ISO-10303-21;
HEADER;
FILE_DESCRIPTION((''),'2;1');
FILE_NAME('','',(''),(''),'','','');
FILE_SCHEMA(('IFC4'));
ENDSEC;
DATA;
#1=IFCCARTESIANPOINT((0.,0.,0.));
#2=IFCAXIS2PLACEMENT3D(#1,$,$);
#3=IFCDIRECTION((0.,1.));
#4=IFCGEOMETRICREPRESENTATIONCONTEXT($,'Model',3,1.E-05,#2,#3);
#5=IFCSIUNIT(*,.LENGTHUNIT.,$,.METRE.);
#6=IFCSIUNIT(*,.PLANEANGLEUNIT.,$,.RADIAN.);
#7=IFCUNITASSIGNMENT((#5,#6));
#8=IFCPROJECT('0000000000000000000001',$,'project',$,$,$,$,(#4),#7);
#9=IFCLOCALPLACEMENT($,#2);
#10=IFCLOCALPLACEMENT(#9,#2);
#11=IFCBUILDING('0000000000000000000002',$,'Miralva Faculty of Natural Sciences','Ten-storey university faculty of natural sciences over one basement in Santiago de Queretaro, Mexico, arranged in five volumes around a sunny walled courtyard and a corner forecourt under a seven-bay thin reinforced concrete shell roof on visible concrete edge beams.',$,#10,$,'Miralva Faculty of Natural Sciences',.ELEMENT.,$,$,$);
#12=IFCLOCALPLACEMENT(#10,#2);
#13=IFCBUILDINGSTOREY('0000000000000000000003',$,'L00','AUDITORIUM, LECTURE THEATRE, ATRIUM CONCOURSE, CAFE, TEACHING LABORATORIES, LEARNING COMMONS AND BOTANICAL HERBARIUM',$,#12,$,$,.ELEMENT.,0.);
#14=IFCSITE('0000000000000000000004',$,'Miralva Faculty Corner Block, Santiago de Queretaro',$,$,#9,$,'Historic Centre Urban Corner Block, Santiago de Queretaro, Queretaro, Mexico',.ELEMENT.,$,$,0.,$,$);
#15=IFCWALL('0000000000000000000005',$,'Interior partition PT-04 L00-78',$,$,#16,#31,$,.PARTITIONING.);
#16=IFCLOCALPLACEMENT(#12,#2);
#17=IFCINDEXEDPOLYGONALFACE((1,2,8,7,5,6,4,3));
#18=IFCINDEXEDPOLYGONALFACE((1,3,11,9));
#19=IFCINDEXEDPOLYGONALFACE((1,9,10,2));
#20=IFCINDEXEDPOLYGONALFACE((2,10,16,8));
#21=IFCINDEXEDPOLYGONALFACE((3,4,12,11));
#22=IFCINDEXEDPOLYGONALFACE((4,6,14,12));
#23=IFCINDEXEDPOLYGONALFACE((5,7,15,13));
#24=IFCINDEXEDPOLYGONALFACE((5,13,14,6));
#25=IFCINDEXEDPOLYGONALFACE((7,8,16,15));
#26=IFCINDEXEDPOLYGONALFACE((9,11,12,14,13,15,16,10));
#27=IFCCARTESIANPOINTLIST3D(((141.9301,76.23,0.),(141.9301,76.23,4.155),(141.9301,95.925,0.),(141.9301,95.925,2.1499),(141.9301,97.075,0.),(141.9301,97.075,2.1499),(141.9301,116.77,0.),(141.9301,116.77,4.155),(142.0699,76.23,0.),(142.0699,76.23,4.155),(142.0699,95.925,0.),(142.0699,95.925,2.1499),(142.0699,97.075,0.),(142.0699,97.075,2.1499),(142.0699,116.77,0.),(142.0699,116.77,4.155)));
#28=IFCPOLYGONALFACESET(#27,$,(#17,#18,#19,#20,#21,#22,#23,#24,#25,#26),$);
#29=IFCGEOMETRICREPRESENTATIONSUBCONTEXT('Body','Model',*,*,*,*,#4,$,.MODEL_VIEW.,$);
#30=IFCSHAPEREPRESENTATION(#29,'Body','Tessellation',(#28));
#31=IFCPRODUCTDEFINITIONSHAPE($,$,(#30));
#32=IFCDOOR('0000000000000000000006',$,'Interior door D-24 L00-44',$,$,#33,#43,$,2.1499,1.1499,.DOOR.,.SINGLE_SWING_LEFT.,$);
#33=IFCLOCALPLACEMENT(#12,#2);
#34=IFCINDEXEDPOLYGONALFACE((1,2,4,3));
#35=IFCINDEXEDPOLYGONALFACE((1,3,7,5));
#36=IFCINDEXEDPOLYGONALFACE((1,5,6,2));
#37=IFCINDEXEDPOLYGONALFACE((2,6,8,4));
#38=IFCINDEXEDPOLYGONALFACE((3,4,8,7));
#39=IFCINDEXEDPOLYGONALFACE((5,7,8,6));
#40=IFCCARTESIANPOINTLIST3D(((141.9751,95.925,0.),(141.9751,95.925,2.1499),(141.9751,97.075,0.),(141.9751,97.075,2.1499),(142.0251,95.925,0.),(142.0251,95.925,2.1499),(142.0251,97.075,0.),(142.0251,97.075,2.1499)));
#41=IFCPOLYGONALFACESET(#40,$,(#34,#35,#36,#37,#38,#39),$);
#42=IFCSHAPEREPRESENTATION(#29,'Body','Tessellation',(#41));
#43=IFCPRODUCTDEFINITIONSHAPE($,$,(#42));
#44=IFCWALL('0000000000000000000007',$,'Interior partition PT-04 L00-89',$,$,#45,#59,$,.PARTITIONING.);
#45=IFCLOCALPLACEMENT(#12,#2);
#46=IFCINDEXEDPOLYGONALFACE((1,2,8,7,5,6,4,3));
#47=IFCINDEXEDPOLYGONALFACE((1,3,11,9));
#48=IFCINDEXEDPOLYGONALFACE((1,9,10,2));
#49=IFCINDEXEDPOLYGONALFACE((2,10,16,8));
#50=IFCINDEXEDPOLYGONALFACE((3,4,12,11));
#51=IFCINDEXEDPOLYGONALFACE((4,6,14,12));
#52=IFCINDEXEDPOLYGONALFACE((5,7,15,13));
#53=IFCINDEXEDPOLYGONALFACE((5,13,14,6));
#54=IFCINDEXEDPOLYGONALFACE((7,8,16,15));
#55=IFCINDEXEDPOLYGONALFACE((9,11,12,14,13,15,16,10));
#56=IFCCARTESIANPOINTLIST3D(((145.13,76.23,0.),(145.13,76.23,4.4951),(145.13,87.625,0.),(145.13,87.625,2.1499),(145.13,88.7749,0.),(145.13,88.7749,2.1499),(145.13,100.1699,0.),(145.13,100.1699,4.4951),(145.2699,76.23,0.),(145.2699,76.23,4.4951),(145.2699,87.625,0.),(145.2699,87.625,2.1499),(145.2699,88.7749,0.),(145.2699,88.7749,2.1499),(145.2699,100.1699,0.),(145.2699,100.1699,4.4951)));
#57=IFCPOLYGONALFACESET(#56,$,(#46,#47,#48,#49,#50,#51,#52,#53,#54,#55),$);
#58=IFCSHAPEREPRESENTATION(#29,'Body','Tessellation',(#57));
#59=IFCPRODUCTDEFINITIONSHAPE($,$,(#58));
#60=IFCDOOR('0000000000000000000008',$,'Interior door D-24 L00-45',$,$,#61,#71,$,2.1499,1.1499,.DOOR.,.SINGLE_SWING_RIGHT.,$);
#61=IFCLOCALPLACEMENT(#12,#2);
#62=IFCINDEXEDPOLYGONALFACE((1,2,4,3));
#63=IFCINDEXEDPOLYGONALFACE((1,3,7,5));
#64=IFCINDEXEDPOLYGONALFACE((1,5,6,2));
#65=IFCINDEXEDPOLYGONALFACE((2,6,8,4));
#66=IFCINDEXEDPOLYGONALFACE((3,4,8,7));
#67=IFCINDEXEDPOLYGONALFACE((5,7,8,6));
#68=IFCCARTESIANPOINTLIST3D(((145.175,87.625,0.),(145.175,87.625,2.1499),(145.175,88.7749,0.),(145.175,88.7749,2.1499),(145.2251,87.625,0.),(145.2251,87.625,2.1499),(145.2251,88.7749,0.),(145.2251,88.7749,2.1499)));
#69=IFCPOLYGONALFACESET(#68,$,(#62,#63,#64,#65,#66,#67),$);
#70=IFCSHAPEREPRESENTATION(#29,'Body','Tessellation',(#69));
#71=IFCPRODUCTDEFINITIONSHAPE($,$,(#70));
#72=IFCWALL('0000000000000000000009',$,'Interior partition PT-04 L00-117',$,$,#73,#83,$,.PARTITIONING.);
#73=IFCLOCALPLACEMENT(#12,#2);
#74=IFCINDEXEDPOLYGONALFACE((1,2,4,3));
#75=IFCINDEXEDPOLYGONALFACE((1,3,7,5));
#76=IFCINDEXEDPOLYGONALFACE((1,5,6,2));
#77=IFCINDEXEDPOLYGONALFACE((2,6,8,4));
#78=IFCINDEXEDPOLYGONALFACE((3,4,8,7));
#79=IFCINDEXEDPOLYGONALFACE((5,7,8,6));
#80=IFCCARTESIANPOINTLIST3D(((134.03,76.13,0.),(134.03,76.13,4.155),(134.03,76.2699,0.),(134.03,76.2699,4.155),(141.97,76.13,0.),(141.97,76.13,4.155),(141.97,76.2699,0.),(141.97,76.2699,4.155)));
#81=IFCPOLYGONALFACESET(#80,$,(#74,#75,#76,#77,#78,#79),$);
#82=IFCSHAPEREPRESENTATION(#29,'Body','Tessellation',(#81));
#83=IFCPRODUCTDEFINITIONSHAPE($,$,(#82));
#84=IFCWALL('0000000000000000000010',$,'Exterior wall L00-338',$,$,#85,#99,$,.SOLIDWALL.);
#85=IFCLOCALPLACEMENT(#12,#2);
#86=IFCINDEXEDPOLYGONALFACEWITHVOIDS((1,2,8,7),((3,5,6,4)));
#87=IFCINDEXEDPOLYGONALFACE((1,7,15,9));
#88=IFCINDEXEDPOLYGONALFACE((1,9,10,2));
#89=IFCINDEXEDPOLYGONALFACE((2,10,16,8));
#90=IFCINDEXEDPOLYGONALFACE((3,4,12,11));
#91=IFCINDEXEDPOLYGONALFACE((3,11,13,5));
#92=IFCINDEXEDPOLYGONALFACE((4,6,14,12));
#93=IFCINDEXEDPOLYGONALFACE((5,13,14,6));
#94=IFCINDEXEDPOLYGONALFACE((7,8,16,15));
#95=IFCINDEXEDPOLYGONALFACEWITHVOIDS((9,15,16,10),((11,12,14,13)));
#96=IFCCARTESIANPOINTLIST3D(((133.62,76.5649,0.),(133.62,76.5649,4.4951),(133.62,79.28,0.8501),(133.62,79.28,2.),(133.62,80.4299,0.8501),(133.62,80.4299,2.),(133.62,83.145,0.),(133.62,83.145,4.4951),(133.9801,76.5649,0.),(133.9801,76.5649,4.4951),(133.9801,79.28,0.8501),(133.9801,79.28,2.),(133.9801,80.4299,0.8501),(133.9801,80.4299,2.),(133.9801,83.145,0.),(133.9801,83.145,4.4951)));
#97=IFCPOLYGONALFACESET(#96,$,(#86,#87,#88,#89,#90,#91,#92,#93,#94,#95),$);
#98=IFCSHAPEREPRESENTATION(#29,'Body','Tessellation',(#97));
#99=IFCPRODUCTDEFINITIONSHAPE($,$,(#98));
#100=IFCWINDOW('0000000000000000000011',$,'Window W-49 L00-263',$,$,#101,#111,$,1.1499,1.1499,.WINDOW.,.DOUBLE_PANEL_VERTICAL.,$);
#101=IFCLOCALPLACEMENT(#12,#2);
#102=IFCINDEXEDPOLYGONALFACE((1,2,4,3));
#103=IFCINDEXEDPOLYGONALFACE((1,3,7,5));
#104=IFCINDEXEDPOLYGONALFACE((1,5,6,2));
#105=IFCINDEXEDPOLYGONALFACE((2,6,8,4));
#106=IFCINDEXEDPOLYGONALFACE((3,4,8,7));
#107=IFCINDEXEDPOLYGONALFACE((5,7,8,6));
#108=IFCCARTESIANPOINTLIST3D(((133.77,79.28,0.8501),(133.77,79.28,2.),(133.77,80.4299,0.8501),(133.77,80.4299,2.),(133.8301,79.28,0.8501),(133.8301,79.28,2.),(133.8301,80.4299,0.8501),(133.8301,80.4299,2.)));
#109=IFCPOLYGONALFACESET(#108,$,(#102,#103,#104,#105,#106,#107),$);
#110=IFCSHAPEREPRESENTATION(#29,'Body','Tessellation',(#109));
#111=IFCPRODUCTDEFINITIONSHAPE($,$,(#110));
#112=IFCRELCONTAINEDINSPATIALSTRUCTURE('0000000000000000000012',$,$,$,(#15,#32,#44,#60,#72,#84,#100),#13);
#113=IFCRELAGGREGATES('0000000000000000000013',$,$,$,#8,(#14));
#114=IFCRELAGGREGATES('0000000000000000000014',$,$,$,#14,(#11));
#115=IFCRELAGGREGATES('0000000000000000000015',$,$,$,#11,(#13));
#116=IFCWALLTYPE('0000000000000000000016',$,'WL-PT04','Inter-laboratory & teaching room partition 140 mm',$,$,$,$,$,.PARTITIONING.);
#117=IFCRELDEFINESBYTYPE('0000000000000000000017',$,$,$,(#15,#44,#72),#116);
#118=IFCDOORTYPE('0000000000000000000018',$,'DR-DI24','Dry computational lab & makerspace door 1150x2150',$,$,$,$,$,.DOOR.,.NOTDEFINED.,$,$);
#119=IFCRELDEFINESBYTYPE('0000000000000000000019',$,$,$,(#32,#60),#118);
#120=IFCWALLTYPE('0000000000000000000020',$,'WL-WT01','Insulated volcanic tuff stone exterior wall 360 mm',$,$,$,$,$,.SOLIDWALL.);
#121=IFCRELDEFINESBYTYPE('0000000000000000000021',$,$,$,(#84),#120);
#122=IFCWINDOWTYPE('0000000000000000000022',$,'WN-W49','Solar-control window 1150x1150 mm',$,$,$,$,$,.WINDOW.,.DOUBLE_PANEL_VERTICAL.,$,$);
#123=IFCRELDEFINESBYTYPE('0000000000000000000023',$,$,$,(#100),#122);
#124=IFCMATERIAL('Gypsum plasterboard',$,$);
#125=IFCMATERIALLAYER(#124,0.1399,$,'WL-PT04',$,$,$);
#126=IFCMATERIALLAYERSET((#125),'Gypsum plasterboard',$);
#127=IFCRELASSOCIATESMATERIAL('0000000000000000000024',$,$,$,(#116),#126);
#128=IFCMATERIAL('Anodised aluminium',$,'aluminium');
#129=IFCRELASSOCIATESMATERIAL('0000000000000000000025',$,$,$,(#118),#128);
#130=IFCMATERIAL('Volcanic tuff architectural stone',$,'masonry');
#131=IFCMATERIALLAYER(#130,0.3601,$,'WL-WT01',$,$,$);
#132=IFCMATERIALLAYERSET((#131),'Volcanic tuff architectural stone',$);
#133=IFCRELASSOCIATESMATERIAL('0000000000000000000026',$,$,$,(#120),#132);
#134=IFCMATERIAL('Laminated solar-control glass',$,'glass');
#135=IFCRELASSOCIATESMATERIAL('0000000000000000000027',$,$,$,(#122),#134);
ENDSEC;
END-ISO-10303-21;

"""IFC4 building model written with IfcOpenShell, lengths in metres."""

from ifc_helpers import new_model, si_unit, direction, frame, frame_2d, origin, place, context, subcontext, project, spatial, rectangle, extrude, material, layer, layer_set, type_object, element, fill, save


model = new_model("IFC4")

# Units and contexts
model_context = context("Model", 3, precision=1e-05, world=origin(), true_north=direction((0.0, 1.0)))
body_context = subcontext(model_context, "Body", "Model", "MODEL_VIEW")
ifc_project = project(units=[si_unit("LENGTHUNIT", "METRE"), si_unit("PLANEANGLEUNIT", "RADIAN")], contexts=[model_context])

# Site, building, storey
site_placement = place(None, origin())
site = spatial("IfcSite", under=ifc_project, at=site_placement, Name="Miralva Faculty Corner Block, Santiago de Queretaro", LongName="Historic Centre Urban Corner Block, Santiago de Queretaro, Queretaro, Mexico", CompositionType="ELEMENT", RefElevation=0.0)
building_placement = place(site_placement, origin())
building = spatial("IfcBuilding", under=site, at=building_placement, Name="Miralva Faculty of Natural Sciences", Description="Ten-storey university faculty of natural sciences over one basement in Santiago de Queretaro, Mexico, arranged in five volumes around a sunny walled courtyard and a corner forecourt under a seven-bay thin reinforced concrete shell roof on visible concrete edge beams.", LongName="Miralva Faculty of Natural Sciences", CompositionType="ELEMENT")
storey_placement = place(building_placement, origin())
storey = spatial("IfcBuildingStorey", under=building, at=storey_placement, Name="L00", Description="AUDITORIUM, LECTURE THEATRE, ATRIUM CONCOURSE, CAFE, TEACHING LABORATORIES, LEARNING COMMONS AND BOTANICAL HERBARIUM", CompositionType="ELEMENT", Elevation=0.0)

# Shared definitions
ifc_material_1 = material(Name="Laminated solar-control glass", Category="glass")
ifc_material_2 = material(Name="Anodised aluminium", Category="aluminium")

# Walls, openings, doors
ifc_material_3 = material(Name="Gypsum plasterboard")
ifc_layer_1 = layer(ifc_material_3, 0.1399, Name="WL-PT04")
ifc_layer_set_1 = layer_set([ifc_layer_1], Name="Gypsum plasterboard")
wall_type_1 = type_object("IfcWallType", Name="WL-PT04", Description="Inter-laboratory & teaching room partition 140 mm", PredefinedType="PARTITIONING", material=ifc_layer_set_1)
wall_1_placement = place(storey_placement, frame((142.0, 76.23, 0.0), z_axis=(0.0, 0.0, 1.0), x_axis=(0.0, 1.0, 0.0)))
wall_1 = element("IfcWall", 1, at=wall_1_placement, inside=storey, type_object=wall_type_1, Name="Interior partition PT-04 L00-78", PredefinedType="PARTITIONING", context=body_context, shape_type="SweptSolid", body=[
    extrude(rectangle(XDim=40.54, YDim=0.1399, at=frame_2d((20.27, 0.0))), origin(), (0.0, 0.0, 1.0), 4.155),
])
opening_1_placement = place(wall_1_placement, frame((19.6951, 0.0, 0.0)))
opening_1 = element("IfcOpeningElement", 2, at=opening_1_placement, cuts=wall_1, PredefinedType="OPENING", context=body_context, shape_type="SweptSolid", body=[
    extrude(rectangle(XDim=1.1499, YDim=2.1499, at=frame_2d((0.575, 1.075))), frame((0.0, 0.0798, 0.0), z_axis=(0.0, -1.0, 0.0), x_axis=(1.0, 0.0, 0.0)), (0.0, 0.0, 1.0), 0.1599),
])
door_type = type_object("IfcDoorType", Name="DR-DI24", Description="Dry computational lab & makerspace door 1150x2150", OperationType="NOTDEFINED", PredefinedType="DOOR", material=ifc_material_2)
door_1_placement = place(opening_1_placement, origin())
door_1 = element("IfcDoor", 3, at=door_1_placement, inside=storey, type_object=door_type, Name="Interior door D-24 L00-44", OperationType="SINGLE_SWING_LEFT", OverallHeight=2.1499, OverallWidth=1.1499, PredefinedType="DOOR", context=body_context, shape_type="SweptSolid", body=[
    extrude(rectangle(XDim=1.1499, YDim=2.1499, at=frame_2d((0.575, 1.075))), frame((0.0, 0.0249, 0.0), z_axis=(0.0, -1.0, 0.0), x_axis=(1.0, 0.0, 0.0)), (0.0, 0.0, 1.0), 0.05),
])
fill(opening_1, door_1)
wall_2_placement = place(storey_placement, frame((145.2, 76.23, 0.0), z_axis=(0.0, 0.0, 1.0), x_axis=(0.0, 1.0, 0.0)))
wall_2 = element("IfcWall", 4, at=wall_2_placement, inside=storey, type_object=wall_type_1, Name="Interior partition PT-04 L00-89", PredefinedType="PARTITIONING", context=body_context, shape_type="SweptSolid", body=[
    extrude(rectangle(XDim=23.9399, YDim=0.1399, at=frame_2d((11.97, 0.0))), origin(), (0.0, 0.0, 1.0), 4.4951),
])
opening_2_placement = place(wall_2_placement, frame((11.395, 0.0, 0.0)))
opening_2 = element("IfcOpeningElement", 5, at=opening_2_placement, cuts=wall_2, PredefinedType="OPENING", context=body_context, shape_type="SweptSolid", body=[
    extrude(rectangle(XDim=1.1499, YDim=2.1499, at=frame_2d((0.575, 1.075))), frame((0.0, 0.0798, 0.0), z_axis=(0.0, -1.0, 0.0), x_axis=(1.0, 0.0, 0.0)), (0.0, 0.0, 1.0), 0.1599),
])
door_2_placement = place(opening_2_placement, origin())
door_2 = element("IfcDoor", 6, at=door_2_placement, inside=storey, type_object=door_type, Name="Interior door D-24 L00-45", OperationType="SINGLE_SWING_RIGHT", OverallHeight=2.1499, OverallWidth=1.1499, PredefinedType="DOOR", context=body_context, shape_type="SweptSolid", body=[
    extrude(rectangle(XDim=1.1499, YDim=2.1499, at=frame_2d((0.575, 1.075))), frame((0.0, 0.0249, 0.0), z_axis=(0.0, -1.0, 0.0), x_axis=(1.0, 0.0, 0.0)), (0.0, 0.0, 1.0), 0.05),
])
fill(opening_2, door_2)

# Wall
wall_3_placement = place(storey_placement, frame((134.03, 76.2, 0.0), z_axis=(0.0, 0.0, 1.0), x_axis=(1.0, 0.0, 0.0)))
element("IfcWall", 7, at=wall_3_placement, inside=storey, type_object=wall_type_1, Name="Interior partition PT-04 L00-117", PredefinedType="PARTITIONING", context=body_context, shape_type="SweptSolid", body=[
    extrude(rectangle(XDim=7.9399, YDim=0.1399, at=frame_2d((3.97, 0.0))), origin(), (0.0, 0.0, 1.0), 4.155),
])

# Wall, opening, window
ifc_material_4 = material(Name="Volcanic tuff architectural stone", Category="masonry")
ifc_layer_2 = layer(ifc_material_4, 0.3601, Name="WL-WT01")
ifc_layer_set_2 = layer_set([ifc_layer_2], Name="Volcanic tuff architectural stone")
wall_type_2 = type_object("IfcWallType", Name="WL-WT01", Description="Insulated volcanic tuff stone exterior wall 360 mm", PredefinedType="SOLIDWALL", material=ifc_layer_set_2)
wall_4_placement = place(storey_placement, frame((133.8, 76.5649, 0.0), z_axis=(0.0, 0.0, 1.0), x_axis=(0.0, 1.0, 0.0)))
wall_4 = element("IfcWall", 8, at=wall_4_placement, inside=storey, type_object=wall_type_2, Name="Exterior wall L00-338", PredefinedType="SOLIDWALL", context=body_context, shape_type="SweptSolid", body=[
    extrude(rectangle(XDim=6.5801, YDim=0.3601, at=frame_2d((3.29, 0.0))), origin(), (0.0, 0.0, 1.0), 4.4951),
])
opening_3_placement = place(wall_4_placement, frame((2.7151, 0.0, 0.8501)))
opening_3 = element("IfcOpeningElement", 9, at=opening_3_placement, cuts=wall_4, PredefinedType="OPENING", context=body_context, shape_type="SweptSolid", body=[
    extrude(rectangle(XDim=1.1499, YDim=1.1499, at=frame_2d((0.575, 0.575))), frame((0.0, 0.1899, 0.0), z_axis=(0.0, -1.0, 0.0), x_axis=(1.0, 0.0, 0.0)), (0.0, 0.0, 1.0), 0.3801),
])
window_type = type_object("IfcWindowType", Name="WN-W49", Description="Solar-control window 1150x1150 mm", PartitioningType="DOUBLE_PANEL_VERTICAL", PredefinedType="WINDOW", material=ifc_material_1)
window_placement = place(opening_3_placement, origin())
window = element("IfcWindow", 10, at=window_placement, inside=storey, type_object=window_type, Name="Window W-49 L00-263", OverallHeight=1.1499, OverallWidth=1.1499, PartitioningType="DOUBLE_PANEL_VERTICAL", PredefinedType="WINDOW", context=body_context, shape_type="SweptSolid", body=[
    extrude(rectangle(XDim=1.1499, YDim=1.1499, at=frame_2d((0.575, 0.575))), frame((0.0, 0.03, 0.0), z_axis=(0.0, -1.0, 0.0), x_axis=(1.0, 0.0, 0.0)), (0.0, 0.0, 1.0), 0.0601),
])
fill(opening_3, window)

save(model, "model.ifc")
